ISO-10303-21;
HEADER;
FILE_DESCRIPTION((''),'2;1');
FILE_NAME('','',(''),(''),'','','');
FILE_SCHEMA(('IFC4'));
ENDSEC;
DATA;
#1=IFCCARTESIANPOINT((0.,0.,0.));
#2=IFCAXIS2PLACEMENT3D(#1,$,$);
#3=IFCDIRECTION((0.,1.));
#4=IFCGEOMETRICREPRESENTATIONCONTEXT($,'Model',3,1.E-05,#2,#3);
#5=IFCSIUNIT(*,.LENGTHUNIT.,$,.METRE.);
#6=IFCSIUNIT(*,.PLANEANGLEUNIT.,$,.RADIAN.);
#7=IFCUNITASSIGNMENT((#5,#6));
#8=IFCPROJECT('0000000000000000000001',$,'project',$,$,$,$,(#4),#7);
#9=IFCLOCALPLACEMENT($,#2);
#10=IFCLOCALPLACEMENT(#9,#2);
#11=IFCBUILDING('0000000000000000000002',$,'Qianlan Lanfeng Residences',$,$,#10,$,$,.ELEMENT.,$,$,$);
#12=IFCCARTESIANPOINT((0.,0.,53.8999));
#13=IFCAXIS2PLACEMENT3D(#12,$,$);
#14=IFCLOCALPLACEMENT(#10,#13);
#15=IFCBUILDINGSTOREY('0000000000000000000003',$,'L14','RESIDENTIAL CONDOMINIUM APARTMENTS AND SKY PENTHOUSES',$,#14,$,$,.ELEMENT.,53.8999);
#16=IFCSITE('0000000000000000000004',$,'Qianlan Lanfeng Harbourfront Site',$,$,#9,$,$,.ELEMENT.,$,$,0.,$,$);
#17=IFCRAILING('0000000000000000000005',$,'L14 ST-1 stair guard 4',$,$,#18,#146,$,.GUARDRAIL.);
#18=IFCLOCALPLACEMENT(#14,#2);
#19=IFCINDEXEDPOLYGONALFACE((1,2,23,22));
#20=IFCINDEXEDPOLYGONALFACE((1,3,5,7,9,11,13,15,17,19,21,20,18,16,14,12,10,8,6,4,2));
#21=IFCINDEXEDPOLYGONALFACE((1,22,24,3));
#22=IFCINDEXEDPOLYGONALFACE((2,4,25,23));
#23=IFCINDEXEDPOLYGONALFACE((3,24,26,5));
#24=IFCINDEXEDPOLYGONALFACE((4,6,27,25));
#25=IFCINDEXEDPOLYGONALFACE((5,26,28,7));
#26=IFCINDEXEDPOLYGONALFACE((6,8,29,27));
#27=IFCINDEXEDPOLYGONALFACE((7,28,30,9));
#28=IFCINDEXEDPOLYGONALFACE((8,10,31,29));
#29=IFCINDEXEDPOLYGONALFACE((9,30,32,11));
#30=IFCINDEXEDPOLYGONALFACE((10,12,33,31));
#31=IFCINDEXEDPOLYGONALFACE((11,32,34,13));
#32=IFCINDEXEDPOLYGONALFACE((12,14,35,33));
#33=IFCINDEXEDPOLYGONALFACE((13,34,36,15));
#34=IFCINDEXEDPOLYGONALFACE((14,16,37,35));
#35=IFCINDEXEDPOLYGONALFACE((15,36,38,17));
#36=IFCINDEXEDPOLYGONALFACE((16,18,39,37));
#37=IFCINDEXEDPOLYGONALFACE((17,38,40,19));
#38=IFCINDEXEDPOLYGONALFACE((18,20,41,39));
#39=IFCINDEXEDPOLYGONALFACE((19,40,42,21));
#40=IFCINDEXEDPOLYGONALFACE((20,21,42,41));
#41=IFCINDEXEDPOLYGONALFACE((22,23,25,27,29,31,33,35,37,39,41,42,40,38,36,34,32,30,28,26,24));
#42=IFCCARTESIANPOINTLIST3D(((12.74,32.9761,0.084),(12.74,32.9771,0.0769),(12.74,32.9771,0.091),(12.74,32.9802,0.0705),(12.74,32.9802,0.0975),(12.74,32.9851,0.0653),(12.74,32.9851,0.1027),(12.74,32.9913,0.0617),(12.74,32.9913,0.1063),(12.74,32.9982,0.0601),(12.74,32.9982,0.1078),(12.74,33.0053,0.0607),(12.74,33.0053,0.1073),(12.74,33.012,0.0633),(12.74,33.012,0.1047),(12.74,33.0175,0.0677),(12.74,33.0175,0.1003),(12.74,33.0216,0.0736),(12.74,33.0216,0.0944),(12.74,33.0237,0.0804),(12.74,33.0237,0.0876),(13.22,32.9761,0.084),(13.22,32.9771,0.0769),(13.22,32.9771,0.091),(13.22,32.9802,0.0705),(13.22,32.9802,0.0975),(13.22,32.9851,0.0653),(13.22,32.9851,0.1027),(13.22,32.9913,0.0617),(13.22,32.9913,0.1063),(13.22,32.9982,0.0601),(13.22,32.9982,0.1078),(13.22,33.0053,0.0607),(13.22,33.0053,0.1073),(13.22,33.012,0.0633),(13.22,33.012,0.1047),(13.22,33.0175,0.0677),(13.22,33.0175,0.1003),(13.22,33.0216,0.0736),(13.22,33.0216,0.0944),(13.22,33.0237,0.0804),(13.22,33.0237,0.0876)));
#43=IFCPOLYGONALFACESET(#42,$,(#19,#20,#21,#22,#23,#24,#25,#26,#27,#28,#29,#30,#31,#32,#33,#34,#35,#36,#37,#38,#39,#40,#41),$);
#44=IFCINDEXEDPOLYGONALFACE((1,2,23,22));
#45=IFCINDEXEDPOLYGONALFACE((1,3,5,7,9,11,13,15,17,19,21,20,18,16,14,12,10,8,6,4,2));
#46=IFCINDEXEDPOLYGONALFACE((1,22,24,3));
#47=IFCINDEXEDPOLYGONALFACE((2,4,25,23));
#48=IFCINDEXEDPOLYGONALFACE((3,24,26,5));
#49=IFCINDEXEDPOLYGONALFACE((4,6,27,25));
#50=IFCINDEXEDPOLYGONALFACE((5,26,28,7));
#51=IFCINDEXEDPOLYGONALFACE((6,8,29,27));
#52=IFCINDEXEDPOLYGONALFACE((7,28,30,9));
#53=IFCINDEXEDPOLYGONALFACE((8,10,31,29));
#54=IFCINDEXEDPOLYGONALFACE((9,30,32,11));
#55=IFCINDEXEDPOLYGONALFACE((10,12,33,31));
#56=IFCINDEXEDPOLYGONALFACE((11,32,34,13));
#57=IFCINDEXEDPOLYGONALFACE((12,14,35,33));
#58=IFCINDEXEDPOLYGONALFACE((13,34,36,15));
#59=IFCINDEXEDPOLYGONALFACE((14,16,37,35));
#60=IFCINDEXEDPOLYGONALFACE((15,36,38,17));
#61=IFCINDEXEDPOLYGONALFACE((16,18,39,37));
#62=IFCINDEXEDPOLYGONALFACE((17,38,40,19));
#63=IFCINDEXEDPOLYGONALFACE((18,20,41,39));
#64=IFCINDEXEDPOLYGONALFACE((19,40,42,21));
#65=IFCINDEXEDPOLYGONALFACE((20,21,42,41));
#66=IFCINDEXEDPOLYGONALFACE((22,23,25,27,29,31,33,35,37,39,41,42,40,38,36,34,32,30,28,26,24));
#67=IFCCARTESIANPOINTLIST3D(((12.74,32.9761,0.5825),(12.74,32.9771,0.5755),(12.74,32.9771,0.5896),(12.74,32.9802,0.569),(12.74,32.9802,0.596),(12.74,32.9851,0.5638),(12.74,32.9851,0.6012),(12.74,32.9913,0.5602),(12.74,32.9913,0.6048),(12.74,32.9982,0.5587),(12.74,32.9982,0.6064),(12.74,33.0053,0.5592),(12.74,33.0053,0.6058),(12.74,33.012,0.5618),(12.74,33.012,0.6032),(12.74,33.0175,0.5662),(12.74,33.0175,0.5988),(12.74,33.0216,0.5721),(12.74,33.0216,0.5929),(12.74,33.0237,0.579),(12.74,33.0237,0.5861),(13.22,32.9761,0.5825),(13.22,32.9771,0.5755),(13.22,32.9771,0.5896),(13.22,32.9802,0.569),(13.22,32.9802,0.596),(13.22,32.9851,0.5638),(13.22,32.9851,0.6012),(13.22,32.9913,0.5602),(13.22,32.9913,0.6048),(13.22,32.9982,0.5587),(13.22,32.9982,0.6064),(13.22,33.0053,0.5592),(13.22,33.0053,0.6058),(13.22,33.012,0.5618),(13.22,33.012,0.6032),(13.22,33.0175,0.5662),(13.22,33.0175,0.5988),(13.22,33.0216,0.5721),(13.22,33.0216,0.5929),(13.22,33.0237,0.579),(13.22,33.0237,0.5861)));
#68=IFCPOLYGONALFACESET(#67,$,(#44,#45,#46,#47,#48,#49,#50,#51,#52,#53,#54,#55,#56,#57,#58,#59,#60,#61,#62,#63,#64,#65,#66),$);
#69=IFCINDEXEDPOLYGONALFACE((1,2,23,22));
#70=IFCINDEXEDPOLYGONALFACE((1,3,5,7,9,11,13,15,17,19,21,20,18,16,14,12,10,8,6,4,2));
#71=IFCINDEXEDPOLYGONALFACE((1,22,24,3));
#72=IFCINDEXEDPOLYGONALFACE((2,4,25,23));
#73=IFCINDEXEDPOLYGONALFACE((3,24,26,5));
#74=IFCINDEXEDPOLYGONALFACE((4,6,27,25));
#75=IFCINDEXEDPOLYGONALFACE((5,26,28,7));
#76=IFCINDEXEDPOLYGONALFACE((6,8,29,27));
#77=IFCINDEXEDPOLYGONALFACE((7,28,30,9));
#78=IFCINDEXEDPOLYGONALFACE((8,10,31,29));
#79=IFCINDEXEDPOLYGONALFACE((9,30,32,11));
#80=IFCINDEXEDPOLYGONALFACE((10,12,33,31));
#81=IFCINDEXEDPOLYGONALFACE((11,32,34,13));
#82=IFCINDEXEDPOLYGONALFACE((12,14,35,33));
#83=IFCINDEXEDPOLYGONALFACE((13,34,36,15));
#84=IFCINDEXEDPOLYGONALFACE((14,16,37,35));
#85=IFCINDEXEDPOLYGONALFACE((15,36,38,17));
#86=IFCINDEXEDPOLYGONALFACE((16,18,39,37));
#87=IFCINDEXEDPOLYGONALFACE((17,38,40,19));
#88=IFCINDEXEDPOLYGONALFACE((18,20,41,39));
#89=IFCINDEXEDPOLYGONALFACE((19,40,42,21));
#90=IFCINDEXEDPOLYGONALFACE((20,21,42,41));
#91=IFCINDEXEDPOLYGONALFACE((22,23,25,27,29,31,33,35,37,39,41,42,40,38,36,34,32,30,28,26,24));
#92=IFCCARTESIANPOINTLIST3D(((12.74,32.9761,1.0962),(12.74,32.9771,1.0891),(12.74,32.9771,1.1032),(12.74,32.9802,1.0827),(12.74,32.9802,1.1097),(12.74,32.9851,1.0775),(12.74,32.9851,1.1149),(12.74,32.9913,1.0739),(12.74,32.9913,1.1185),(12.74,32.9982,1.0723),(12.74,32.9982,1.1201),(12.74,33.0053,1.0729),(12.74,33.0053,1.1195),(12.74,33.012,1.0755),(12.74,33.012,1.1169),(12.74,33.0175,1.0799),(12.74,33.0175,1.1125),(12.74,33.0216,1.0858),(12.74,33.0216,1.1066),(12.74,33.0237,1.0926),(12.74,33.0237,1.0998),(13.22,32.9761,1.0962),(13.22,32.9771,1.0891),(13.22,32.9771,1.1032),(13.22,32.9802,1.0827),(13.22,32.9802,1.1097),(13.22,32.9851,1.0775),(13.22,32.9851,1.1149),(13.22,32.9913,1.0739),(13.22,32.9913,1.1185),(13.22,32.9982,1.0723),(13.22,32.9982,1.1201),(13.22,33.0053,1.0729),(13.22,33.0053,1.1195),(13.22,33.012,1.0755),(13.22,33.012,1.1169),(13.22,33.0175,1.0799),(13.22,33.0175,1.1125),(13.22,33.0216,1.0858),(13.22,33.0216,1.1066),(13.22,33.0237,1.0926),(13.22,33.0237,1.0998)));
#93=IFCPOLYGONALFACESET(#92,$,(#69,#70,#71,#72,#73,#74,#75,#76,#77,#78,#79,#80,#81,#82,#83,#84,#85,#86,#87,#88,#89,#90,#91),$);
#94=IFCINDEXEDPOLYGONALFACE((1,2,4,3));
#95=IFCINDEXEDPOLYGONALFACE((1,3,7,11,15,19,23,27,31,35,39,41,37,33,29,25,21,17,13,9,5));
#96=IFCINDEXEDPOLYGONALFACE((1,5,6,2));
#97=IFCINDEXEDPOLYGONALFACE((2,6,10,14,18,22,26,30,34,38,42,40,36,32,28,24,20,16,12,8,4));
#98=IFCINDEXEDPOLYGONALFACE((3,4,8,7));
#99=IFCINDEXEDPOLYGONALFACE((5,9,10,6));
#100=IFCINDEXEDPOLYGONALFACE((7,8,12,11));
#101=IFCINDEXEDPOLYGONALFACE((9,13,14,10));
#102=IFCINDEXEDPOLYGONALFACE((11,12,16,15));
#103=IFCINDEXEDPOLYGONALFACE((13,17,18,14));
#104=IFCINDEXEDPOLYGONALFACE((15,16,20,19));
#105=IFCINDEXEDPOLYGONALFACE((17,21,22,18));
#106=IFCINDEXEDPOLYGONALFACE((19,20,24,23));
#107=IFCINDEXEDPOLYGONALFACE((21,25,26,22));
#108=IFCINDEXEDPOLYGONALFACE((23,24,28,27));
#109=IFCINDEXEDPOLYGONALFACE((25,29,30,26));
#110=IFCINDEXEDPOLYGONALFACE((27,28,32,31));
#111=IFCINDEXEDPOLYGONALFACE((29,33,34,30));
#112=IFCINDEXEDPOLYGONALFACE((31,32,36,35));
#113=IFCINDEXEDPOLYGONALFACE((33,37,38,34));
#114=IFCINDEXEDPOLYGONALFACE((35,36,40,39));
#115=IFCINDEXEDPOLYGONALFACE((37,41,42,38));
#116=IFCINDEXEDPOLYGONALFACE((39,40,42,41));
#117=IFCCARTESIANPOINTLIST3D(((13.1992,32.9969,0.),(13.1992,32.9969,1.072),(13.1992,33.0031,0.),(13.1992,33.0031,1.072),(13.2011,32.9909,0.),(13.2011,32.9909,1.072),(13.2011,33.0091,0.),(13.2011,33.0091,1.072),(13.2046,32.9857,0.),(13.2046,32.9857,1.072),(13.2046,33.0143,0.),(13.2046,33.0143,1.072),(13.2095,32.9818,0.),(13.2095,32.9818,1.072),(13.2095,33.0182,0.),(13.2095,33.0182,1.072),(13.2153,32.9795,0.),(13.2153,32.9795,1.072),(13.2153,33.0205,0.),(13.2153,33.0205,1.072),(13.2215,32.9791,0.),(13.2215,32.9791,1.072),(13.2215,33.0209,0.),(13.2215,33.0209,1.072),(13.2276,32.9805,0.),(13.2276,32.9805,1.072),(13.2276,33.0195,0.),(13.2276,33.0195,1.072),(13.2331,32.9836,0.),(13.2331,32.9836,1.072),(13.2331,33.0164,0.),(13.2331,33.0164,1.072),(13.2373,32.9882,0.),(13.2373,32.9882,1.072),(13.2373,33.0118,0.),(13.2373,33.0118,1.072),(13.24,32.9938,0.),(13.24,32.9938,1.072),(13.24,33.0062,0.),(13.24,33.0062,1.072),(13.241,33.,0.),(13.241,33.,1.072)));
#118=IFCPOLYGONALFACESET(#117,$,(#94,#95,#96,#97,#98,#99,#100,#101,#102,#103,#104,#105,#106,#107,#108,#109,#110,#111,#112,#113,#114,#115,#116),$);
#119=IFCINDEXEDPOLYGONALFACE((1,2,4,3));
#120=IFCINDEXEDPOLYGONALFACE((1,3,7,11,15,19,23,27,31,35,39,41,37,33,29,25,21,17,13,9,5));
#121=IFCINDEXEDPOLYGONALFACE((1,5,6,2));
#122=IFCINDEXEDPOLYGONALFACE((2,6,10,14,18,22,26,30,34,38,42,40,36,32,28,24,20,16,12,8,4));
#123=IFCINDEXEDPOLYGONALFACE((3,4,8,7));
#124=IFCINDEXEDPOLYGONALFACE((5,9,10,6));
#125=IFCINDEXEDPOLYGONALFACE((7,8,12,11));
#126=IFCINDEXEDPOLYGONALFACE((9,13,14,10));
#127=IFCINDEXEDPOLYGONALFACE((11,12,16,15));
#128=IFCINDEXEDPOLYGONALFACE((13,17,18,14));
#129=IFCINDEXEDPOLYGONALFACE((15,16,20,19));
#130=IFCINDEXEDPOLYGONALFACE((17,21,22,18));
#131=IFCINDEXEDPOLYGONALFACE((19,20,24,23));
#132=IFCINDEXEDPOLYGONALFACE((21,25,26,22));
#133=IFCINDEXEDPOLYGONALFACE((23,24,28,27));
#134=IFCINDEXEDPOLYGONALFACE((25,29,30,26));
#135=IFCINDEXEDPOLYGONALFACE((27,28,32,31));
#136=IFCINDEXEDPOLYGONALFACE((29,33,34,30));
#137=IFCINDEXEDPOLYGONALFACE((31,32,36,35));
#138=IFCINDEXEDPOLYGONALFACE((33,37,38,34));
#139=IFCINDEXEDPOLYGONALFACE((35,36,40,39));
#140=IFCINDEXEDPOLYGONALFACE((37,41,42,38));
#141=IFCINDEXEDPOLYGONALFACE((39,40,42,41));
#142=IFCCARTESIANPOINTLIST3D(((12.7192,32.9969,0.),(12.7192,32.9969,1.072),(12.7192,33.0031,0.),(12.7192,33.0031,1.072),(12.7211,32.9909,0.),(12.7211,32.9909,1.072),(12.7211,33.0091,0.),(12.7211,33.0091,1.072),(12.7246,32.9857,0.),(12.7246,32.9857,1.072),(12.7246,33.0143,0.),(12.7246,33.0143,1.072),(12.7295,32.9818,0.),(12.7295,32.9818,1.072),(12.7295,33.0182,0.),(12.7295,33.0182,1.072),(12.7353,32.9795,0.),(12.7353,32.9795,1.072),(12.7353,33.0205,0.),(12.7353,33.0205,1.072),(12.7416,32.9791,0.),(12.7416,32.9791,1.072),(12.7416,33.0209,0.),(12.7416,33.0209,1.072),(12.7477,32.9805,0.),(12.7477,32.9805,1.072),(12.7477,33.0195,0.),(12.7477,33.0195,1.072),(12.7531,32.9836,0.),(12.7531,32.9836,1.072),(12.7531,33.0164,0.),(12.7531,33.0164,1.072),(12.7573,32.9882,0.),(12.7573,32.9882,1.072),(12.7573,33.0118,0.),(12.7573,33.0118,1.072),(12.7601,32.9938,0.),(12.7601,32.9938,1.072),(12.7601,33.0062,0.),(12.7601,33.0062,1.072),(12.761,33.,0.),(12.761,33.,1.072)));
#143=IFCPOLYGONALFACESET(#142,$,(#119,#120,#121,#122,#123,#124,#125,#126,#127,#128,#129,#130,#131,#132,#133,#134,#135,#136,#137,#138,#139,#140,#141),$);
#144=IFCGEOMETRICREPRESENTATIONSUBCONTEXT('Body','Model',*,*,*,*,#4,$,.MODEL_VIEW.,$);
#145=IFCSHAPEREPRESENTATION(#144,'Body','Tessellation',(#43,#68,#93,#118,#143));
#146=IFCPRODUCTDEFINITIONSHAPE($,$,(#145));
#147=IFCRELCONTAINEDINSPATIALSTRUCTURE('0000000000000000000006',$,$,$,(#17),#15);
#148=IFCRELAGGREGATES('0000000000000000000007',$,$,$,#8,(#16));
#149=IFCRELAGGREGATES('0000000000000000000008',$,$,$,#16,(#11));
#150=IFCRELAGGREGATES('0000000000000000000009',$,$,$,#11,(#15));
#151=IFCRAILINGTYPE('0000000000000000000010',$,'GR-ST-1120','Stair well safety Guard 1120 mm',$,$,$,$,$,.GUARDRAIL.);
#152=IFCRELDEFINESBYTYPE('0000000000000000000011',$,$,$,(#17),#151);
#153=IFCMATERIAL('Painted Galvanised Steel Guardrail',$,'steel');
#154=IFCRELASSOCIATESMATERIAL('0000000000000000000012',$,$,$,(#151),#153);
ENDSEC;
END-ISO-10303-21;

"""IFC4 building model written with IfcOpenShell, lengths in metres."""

from ifc_helpers import new_model, si_unit, direction, frame, origin, origin_2d, place, context, subcontext, project, spatial, circle, extrude, material, type_object, element, save


model = new_model("IFC4")

# Units and contexts
model_context = context("Model", 3, precision=1e-05, world=origin(), true_north=direction((0.0, 1.0)))
body_context = subcontext(model_context, "Body", "Model", "MODEL_VIEW")
ifc_project = project(units=[si_unit("LENGTHUNIT", "METRE"), si_unit("PLANEANGLEUNIT", "RADIAN")], contexts=[model_context])

# Site, building, storey
site_placement = place(None, origin())
site = spatial("IfcSite", under=ifc_project, at=site_placement, Name="Qianlan Lanfeng Harbourfront Site", CompositionType="ELEMENT", RefElevation=0.0)
building_placement = place(site_placement, origin())
building = spatial("IfcBuilding", under=site, at=building_placement, Name="Qianlan Lanfeng Residences", CompositionType="ELEMENT")
storey_placement = place(building_placement, frame((0.0, 0.0, 53.8999)))
storey = spatial("IfcBuildingStorey", under=building, at=storey_placement, Name="L14", Description="RESIDENTIAL CONDOMINIUM APARTMENTS AND SKY PENTHOUSES", CompositionType="ELEMENT", Elevation=53.8999)

# Railing
ifc_material_1 = material(Name="Painted Galvanised Steel Guardrail", Category="steel")
railing_type_1 = type_object("IfcRailingType", Name="GR-ST-1120", Description="Stair well safety Guard 1120 mm", PredefinedType="GUARDRAIL", material=ifc_material_1)
railing_1_placement = place(storey_placement, frame((13.22, 33.0, 0.0)))
element("IfcRailing", 1, at=railing_1_placement, inside=storey, type_object=railing_type_1, Name="L14 ST-1 stair guard 4", PredefinedType="GUARDRAIL", context=body_context, shape_type="SweptSolid", body=[
    extrude(circle(Radius=0.0239, at=origin_2d()), frame((0.0, 0.0, 0.084), z_axis=(-1.0, 0.0, 0.0), x_axis=(0.0, -1.0, 0.0)), (0.0, 0.0, 1.0), 0.48),
    extrude(circle(Radius=0.0239, at=origin_2d()), frame((0.0, 0.0, 0.5825), z_axis=(-1.0, 0.0, 0.0), x_axis=(0.0, -1.0, 0.0)), (0.0, 0.0, 1.0), 0.48),
    extrude(circle(Radius=0.0239, at=origin_2d()), frame((0.0, 0.0, 1.0962), z_axis=(-1.0, 0.0, 0.0), x_axis=(0.0, -1.0, 0.0)), (0.0, 0.0, 1.0), 0.48),
    extrude(circle(Radius=0.021, at=origin_2d()), origin(), (0.0, 0.0, 1.0), 1.072),
    extrude(circle(Radius=0.021, at=origin_2d()), frame((-0.48, 0.0, 0.0)), (0.0, 0.0, 1.0), 1.072),
])

save(model, "model.ifc")
